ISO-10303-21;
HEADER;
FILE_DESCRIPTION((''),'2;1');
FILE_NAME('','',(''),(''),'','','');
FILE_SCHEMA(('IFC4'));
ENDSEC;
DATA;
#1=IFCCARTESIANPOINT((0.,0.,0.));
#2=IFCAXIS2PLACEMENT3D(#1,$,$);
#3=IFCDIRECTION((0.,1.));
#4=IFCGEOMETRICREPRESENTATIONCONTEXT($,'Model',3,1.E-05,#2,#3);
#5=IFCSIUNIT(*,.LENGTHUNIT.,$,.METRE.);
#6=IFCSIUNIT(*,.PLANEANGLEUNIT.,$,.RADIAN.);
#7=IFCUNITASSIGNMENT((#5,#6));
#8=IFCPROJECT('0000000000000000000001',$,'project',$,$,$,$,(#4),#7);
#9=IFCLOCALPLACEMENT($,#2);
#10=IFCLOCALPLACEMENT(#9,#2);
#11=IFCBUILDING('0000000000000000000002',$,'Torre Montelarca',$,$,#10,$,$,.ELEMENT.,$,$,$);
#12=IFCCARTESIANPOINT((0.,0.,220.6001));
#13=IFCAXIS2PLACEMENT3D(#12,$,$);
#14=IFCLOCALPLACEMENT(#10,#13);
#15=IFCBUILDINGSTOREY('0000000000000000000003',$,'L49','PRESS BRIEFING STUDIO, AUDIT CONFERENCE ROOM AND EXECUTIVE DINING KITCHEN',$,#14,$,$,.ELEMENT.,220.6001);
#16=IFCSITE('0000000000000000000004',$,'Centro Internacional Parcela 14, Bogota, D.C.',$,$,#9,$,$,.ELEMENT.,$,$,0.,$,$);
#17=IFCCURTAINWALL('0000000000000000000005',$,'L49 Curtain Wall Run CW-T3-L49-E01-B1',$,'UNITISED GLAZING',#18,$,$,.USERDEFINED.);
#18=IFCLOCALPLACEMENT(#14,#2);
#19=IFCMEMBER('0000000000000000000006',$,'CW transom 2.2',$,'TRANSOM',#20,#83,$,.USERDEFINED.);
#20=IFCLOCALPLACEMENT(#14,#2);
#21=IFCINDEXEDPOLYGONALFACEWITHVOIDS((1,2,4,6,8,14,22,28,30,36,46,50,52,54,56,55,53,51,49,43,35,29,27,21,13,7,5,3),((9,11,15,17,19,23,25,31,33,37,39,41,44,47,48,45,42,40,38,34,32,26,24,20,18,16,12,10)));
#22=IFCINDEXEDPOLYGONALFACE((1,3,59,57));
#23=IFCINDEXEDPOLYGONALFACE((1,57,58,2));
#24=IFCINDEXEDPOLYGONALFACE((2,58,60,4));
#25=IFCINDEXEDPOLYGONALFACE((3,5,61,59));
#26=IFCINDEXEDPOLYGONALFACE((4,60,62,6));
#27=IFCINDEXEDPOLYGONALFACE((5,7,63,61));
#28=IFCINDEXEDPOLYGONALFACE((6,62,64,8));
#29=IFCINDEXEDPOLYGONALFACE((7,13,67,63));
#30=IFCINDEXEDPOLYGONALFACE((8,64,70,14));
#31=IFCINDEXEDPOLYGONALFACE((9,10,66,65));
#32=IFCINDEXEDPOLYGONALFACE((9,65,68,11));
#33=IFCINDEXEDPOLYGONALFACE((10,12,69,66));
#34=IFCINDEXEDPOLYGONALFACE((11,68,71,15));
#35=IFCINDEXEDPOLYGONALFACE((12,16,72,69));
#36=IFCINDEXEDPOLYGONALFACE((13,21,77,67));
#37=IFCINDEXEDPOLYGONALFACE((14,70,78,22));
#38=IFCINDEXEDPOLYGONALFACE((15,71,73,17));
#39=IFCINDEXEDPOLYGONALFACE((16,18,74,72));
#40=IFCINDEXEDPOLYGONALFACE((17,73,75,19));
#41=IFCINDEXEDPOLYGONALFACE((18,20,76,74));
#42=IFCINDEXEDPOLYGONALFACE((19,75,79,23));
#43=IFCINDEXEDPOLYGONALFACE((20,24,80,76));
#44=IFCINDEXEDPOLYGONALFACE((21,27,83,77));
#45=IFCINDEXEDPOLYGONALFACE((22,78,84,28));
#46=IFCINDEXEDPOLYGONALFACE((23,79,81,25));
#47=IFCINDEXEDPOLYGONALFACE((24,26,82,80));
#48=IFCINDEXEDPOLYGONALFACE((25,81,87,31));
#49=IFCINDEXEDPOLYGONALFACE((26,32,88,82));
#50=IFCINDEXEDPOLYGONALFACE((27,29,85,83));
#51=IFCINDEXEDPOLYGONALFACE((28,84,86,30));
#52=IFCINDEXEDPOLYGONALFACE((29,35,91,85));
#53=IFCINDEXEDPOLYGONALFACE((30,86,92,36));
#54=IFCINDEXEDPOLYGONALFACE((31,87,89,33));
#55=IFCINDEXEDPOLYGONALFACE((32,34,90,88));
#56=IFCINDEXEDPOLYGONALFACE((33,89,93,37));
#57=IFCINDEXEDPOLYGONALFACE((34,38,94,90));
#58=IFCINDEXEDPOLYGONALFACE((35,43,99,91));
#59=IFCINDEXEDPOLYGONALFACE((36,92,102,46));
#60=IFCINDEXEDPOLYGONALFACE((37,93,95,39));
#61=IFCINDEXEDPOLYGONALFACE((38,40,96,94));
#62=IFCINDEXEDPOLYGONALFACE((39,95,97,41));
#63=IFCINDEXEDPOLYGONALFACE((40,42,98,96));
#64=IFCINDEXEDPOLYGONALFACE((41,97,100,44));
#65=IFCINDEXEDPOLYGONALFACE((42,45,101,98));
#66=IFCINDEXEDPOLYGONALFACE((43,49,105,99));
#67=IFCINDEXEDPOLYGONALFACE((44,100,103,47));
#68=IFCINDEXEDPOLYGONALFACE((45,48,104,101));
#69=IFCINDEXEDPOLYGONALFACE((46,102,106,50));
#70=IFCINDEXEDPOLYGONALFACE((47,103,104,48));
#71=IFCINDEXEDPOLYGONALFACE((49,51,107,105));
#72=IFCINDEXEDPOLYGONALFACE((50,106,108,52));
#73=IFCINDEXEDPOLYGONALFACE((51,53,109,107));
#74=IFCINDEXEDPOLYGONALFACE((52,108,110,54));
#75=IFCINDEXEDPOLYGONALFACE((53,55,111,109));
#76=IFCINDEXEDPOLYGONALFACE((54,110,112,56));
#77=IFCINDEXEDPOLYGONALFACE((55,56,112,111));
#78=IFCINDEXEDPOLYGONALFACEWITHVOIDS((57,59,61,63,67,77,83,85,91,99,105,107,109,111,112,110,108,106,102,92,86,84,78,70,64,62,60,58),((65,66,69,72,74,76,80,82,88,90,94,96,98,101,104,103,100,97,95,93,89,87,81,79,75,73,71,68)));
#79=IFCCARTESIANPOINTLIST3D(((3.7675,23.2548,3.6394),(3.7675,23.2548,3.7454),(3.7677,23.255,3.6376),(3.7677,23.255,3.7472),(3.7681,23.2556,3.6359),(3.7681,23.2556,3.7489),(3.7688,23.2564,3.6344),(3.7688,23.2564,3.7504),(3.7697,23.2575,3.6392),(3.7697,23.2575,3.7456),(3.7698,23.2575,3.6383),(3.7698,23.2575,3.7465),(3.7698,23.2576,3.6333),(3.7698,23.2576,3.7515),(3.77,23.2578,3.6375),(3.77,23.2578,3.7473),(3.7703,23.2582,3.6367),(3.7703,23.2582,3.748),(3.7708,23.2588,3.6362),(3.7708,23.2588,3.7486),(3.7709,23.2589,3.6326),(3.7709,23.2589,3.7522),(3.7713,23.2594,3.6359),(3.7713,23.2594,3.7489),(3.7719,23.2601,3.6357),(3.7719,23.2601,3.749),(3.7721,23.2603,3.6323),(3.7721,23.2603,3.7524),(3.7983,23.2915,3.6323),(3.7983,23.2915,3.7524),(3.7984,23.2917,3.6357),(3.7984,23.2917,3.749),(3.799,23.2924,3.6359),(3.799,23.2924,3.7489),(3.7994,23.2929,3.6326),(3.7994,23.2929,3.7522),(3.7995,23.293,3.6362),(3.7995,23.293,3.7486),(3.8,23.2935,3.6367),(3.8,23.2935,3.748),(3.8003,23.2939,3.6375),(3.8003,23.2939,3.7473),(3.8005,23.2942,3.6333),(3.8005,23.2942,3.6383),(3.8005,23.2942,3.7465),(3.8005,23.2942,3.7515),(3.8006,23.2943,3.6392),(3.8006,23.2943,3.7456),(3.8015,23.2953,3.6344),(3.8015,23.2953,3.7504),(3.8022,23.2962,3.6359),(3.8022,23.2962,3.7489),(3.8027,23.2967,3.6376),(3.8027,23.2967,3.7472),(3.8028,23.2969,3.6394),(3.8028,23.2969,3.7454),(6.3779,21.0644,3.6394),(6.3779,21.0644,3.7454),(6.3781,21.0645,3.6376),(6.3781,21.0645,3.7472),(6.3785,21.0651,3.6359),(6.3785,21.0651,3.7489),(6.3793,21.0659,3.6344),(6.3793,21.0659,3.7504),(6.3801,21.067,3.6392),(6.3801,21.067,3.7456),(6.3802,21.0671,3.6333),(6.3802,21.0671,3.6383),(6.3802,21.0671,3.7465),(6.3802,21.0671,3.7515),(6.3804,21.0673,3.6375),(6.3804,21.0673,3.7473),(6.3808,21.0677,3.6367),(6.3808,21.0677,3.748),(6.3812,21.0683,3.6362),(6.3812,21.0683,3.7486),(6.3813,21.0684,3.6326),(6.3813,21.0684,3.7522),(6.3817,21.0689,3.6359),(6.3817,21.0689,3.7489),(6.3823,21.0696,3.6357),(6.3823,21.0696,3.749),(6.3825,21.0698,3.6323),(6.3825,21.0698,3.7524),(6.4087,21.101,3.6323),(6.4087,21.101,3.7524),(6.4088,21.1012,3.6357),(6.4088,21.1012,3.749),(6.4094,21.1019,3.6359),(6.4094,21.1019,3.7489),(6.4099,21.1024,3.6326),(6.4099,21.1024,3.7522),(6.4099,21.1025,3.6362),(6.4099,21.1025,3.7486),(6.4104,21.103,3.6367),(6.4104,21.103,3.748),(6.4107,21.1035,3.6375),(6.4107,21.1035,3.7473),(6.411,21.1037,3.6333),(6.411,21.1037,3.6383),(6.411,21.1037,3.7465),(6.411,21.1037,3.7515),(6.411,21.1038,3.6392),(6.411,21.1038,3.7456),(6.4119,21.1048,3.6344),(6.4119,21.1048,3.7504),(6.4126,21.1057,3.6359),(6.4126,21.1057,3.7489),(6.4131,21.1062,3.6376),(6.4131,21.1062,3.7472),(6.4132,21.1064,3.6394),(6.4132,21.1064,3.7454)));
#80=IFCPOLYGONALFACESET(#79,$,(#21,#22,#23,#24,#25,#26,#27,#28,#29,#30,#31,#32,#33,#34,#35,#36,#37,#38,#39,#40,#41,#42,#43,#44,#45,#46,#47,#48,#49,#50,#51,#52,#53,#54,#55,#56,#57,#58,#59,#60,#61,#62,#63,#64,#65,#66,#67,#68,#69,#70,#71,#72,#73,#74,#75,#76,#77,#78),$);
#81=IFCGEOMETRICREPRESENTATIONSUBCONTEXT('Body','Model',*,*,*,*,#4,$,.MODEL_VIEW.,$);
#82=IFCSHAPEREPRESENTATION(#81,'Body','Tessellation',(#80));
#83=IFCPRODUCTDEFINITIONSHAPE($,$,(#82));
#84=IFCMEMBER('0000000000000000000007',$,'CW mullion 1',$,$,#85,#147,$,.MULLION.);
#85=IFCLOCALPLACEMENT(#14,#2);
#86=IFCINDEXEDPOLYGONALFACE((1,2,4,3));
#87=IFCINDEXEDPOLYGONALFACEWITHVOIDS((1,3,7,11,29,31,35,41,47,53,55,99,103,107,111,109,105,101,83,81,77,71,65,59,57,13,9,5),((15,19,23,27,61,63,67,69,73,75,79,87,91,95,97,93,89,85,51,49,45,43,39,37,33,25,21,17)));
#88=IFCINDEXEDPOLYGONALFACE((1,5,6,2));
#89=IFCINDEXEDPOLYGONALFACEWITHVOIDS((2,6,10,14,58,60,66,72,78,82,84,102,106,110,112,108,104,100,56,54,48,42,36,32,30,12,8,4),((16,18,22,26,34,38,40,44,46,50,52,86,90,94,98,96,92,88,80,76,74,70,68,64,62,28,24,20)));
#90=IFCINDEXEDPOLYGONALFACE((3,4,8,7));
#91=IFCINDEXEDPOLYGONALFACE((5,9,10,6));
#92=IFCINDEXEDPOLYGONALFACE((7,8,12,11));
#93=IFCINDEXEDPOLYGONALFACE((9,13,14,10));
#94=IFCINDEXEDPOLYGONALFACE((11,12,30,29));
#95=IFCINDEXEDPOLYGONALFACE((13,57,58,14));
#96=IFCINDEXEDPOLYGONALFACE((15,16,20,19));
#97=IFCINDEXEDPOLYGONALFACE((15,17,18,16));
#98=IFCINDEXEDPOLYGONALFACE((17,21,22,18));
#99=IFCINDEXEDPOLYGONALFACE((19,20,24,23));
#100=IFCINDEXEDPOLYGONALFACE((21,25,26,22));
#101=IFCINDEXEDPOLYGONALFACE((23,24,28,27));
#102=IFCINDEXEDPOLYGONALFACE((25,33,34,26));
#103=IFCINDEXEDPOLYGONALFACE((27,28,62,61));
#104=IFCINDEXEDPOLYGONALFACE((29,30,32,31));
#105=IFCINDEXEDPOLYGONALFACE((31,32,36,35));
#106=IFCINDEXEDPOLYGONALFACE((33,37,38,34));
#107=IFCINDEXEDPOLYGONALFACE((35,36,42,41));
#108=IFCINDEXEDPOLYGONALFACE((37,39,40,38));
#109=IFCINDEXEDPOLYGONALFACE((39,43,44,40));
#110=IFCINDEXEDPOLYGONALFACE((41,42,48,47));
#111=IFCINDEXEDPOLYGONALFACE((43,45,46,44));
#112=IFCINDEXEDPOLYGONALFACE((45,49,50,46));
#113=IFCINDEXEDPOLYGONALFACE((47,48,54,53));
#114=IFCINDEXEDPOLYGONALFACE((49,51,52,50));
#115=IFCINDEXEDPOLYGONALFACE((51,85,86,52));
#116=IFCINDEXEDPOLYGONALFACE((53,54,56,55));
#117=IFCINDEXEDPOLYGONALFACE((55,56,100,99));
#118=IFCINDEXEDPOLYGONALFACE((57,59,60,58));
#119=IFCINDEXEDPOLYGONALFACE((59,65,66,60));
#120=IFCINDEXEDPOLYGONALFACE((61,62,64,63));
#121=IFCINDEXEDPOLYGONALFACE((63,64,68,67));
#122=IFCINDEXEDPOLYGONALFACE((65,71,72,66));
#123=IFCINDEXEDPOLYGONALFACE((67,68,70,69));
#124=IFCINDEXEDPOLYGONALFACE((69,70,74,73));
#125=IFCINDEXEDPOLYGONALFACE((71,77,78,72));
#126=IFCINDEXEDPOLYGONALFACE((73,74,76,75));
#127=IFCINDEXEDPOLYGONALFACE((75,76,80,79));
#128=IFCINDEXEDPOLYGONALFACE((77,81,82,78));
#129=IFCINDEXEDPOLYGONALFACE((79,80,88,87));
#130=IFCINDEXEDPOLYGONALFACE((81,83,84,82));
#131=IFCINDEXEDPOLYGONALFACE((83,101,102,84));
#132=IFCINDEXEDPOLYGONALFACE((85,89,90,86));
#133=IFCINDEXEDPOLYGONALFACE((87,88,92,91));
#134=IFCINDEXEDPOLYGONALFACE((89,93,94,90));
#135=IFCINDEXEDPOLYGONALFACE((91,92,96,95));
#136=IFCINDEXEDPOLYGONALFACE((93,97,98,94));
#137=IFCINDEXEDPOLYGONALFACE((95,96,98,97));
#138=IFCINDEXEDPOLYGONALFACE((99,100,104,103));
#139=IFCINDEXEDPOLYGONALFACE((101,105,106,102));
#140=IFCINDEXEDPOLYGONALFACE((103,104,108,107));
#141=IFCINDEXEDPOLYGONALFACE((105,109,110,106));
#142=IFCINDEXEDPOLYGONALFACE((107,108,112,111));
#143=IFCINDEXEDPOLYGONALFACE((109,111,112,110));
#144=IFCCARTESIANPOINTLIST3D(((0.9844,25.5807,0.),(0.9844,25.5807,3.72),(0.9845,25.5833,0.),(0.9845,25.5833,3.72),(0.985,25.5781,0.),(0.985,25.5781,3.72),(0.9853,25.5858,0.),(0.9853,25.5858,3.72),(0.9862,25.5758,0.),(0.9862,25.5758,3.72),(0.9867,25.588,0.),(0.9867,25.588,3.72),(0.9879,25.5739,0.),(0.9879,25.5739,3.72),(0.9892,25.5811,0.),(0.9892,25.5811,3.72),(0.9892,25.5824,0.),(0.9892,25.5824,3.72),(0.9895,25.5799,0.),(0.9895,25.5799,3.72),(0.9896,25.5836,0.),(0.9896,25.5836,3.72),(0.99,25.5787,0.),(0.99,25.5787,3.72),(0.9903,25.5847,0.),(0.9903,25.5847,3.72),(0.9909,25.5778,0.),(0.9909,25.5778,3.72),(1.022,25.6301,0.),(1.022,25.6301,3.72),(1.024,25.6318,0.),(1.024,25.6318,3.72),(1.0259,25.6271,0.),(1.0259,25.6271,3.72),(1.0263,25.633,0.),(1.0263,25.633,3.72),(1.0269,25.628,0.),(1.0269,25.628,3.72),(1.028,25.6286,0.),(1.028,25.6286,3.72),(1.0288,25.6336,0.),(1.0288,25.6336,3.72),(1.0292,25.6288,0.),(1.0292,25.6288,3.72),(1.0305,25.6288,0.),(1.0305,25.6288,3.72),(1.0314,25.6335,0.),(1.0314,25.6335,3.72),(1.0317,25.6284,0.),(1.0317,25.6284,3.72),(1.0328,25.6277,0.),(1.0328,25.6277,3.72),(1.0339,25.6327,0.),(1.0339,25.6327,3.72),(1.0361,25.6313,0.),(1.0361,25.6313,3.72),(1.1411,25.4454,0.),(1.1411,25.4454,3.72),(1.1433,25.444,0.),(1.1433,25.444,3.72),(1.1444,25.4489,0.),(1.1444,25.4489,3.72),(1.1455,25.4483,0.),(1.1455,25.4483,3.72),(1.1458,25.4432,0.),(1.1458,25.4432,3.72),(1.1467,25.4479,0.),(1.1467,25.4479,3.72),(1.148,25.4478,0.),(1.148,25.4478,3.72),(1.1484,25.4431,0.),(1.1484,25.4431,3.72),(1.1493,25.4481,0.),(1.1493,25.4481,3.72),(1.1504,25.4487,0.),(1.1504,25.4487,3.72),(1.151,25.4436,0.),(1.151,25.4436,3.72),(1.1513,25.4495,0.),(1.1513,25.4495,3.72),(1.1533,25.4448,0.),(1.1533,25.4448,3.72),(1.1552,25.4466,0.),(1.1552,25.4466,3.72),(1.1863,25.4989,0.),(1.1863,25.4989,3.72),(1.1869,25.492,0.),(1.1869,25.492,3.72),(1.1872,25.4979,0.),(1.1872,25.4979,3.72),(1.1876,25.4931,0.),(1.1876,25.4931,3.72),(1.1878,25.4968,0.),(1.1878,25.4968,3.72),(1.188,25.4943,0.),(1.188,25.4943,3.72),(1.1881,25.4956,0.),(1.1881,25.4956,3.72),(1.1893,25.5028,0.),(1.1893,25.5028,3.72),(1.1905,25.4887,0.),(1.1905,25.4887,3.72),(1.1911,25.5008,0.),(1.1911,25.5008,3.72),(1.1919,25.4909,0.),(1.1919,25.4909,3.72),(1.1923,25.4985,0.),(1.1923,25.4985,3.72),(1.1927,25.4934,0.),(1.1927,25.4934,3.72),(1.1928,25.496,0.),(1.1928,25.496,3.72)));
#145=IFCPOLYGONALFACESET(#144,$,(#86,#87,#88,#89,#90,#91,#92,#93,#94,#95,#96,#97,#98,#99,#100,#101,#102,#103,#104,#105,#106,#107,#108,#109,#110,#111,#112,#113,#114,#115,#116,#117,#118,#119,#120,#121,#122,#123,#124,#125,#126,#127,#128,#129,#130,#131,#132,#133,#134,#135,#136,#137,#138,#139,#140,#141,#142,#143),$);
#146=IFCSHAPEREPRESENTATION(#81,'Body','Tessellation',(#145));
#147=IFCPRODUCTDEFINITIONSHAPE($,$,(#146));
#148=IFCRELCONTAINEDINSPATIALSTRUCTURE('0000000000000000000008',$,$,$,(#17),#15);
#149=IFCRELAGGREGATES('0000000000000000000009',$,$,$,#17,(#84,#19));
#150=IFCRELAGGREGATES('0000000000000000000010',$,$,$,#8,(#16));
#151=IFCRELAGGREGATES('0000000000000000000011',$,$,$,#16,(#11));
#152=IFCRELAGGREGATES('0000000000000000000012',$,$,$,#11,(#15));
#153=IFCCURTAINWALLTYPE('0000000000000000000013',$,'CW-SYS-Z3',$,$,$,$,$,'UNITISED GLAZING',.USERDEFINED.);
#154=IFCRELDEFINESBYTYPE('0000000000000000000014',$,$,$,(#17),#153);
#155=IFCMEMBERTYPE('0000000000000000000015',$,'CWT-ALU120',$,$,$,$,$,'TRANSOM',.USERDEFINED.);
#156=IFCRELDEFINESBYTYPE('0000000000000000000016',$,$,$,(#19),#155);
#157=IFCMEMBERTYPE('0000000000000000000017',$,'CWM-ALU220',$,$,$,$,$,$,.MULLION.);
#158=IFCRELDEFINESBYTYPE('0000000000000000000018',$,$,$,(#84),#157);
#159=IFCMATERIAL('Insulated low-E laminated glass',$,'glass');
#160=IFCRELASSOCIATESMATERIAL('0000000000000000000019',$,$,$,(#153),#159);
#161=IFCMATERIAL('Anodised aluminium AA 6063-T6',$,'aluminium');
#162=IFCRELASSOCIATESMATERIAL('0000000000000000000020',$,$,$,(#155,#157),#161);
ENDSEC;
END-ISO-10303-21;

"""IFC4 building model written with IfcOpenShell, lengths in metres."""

from ifc_helpers import new_model, si_unit, direction, frame, origin, origin_2d, place, context, subcontext, project, spatial, hollow_rectangle, extrude, source, transform, mapped, material, material_profile, profile_set, type_object, element, aggregate, save


model = new_model("IFC4")

# Units and contexts
model_context = context("Model", 3, precision=1e-05, world=origin(), true_north=direction((0.0, 1.0)))
body_context = subcontext(model_context, "Body", "Model", "MODEL_VIEW")
ifc_project = project(units=[si_unit("LENGTHUNIT", "METRE"), si_unit("PLANEANGLEUNIT", "RADIAN")], contexts=[model_context])

# Site, building, storey
site_placement = place(None, origin())
site = spatial("IfcSite", under=ifc_project, at=site_placement, Name="Centro Internacional Parcela 14, Bogota, D.C.", CompositionType="ELEMENT", RefElevation=0.0)
building_placement = place(site_placement, origin())
building = spatial("IfcBuilding", under=site, at=building_placement, Name="Torre Montelarca", CompositionType="ELEMENT")
storey_placement = place(building_placement, frame((0.0, 0.0, 220.6001)))
storey = spatial("IfcBuildingStorey", under=building, at=storey_placement, Name="L49", Description="PRESS BRIEFING STUDIO, AUDIT CONFERENCE ROOM AND EXECUTIVE DINING KITCHEN", CompositionType="ELEMENT", Elevation=220.6001)

# Curtain wall, members
ifc_material_1 = material(Name="Insulated low-E laminated glass", Category="glass")
curtain_wall_type = type_object("IfcCurtainWallType", Name="CW-SYS-Z3", ElementType="UNITISED GLAZING", PredefinedType="USERDEFINED", material=ifc_material_1)
curtain_wall_1_placement = place(storey_placement, origin())
curtain_wall_1 = element("IfcCurtainWall", 1, at=curtain_wall_1_placement, inside=storey, type_object=curtain_wall_type, Name="L49 Curtain Wall Run CW-T3-L49-E01-B1", ObjectType="UNITISED GLAZING", PredefinedType="USERDEFINED")
ifc_material_2 = material(Name="Anodised aluminium AA 6063-T6", Category="aluminium")
ifc_material_profile_1 = material_profile(ifc_material_2, hollow_rectangle(XDim=0.0549, YDim=0.1201, WallThickness=0.0034, InnerFilletRadius=0.0034, OuterFilletRadius=0.0071, at=origin_2d()), Name="ALU55X120X3.5", Category="aluminium")
ifc_profile_set_1 = profile_set([ifc_material_profile_1], Name="Anodised aluminium AA 6063-T6")
member_type_1 = type_object("IfcMemberType", Name="CWT-ALU120", ElementType="TRANSOM", PredefinedType="USERDEFINED", material=ifc_profile_set_1)
shared_shape_1 = source(origin(), body_context, "Body", "SweptSolid", [
    extrude(hollow_rectangle(XDim=0.0549, YDim=0.1201, WallThickness=0.0034, InnerFilletRadius=0.0034, OuterFilletRadius=0.0071, at=origin_2d()), origin(), (0.0, 0.0, 1.0), 3.4077),
])
member_1_placement = place(storey_placement, frame((3.7852, 23.2759, 3.6924), z_axis=(0.766032, -0.642802, 0.0), x_axis=(0.642802, 0.766032, 0.0)))
member_1 = element("IfcMember", 2, at=member_1_placement, type_object=member_type_1, Name="CW transom 2.2", ObjectType="TRANSOM", PredefinedType="USERDEFINED", context=body_context, shape_type="MappedRepresentation", body=[
    mapped(shared_shape_1, transform((0.0, 0.0, 0.0), scale=1.0)),
])
ifc_material_profile_2 = material_profile(ifc_material_2, hollow_rectangle(XDim=0.075, YDim=0.22, WallThickness=0.0049, InnerFilletRadius=0.0049, OuterFilletRadius=0.01, at=origin_2d()), Name="ALU75X220X5", Category="aluminium")
ifc_profile_set_2 = profile_set([ifc_material_profile_2], Name="Anodised aluminium AA 6063-T6")
member_type_2 = type_object("IfcMemberType", Name="CWM-ALU220", PredefinedType="MULLION", material=ifc_profile_set_2)
shared_shape_2 = source(origin(), body_context, "Body", "SweptSolid", [
    extrude(hollow_rectangle(XDim=0.075, YDim=0.22, WallThickness=0.0049, InnerFilletRadius=0.0049, OuterFilletRadius=0.01, at=origin_2d()), origin(), (0.0, 0.0, 1.0), 3.72),
])
member_2_placement = place(storey_placement, frame((1.0886, 25.5383, 0.0), z_axis=(0.0, 0.0, 1.0), x_axis=(0.642789, 0.766043, 0.0)))
member_2 = element("IfcMember", 3, at=member_2_placement, type_object=member_type_2, Name="CW mullion 1", PredefinedType="MULLION", context=body_context, shape_type="MappedRepresentation", body=[
    mapped(shared_shape_2, transform((0.0, 0.0, 0.0), scale=1.0)),
])

aggregate(curtain_wall_1, [member_2, member_1])

save(model, "model.ifc")
